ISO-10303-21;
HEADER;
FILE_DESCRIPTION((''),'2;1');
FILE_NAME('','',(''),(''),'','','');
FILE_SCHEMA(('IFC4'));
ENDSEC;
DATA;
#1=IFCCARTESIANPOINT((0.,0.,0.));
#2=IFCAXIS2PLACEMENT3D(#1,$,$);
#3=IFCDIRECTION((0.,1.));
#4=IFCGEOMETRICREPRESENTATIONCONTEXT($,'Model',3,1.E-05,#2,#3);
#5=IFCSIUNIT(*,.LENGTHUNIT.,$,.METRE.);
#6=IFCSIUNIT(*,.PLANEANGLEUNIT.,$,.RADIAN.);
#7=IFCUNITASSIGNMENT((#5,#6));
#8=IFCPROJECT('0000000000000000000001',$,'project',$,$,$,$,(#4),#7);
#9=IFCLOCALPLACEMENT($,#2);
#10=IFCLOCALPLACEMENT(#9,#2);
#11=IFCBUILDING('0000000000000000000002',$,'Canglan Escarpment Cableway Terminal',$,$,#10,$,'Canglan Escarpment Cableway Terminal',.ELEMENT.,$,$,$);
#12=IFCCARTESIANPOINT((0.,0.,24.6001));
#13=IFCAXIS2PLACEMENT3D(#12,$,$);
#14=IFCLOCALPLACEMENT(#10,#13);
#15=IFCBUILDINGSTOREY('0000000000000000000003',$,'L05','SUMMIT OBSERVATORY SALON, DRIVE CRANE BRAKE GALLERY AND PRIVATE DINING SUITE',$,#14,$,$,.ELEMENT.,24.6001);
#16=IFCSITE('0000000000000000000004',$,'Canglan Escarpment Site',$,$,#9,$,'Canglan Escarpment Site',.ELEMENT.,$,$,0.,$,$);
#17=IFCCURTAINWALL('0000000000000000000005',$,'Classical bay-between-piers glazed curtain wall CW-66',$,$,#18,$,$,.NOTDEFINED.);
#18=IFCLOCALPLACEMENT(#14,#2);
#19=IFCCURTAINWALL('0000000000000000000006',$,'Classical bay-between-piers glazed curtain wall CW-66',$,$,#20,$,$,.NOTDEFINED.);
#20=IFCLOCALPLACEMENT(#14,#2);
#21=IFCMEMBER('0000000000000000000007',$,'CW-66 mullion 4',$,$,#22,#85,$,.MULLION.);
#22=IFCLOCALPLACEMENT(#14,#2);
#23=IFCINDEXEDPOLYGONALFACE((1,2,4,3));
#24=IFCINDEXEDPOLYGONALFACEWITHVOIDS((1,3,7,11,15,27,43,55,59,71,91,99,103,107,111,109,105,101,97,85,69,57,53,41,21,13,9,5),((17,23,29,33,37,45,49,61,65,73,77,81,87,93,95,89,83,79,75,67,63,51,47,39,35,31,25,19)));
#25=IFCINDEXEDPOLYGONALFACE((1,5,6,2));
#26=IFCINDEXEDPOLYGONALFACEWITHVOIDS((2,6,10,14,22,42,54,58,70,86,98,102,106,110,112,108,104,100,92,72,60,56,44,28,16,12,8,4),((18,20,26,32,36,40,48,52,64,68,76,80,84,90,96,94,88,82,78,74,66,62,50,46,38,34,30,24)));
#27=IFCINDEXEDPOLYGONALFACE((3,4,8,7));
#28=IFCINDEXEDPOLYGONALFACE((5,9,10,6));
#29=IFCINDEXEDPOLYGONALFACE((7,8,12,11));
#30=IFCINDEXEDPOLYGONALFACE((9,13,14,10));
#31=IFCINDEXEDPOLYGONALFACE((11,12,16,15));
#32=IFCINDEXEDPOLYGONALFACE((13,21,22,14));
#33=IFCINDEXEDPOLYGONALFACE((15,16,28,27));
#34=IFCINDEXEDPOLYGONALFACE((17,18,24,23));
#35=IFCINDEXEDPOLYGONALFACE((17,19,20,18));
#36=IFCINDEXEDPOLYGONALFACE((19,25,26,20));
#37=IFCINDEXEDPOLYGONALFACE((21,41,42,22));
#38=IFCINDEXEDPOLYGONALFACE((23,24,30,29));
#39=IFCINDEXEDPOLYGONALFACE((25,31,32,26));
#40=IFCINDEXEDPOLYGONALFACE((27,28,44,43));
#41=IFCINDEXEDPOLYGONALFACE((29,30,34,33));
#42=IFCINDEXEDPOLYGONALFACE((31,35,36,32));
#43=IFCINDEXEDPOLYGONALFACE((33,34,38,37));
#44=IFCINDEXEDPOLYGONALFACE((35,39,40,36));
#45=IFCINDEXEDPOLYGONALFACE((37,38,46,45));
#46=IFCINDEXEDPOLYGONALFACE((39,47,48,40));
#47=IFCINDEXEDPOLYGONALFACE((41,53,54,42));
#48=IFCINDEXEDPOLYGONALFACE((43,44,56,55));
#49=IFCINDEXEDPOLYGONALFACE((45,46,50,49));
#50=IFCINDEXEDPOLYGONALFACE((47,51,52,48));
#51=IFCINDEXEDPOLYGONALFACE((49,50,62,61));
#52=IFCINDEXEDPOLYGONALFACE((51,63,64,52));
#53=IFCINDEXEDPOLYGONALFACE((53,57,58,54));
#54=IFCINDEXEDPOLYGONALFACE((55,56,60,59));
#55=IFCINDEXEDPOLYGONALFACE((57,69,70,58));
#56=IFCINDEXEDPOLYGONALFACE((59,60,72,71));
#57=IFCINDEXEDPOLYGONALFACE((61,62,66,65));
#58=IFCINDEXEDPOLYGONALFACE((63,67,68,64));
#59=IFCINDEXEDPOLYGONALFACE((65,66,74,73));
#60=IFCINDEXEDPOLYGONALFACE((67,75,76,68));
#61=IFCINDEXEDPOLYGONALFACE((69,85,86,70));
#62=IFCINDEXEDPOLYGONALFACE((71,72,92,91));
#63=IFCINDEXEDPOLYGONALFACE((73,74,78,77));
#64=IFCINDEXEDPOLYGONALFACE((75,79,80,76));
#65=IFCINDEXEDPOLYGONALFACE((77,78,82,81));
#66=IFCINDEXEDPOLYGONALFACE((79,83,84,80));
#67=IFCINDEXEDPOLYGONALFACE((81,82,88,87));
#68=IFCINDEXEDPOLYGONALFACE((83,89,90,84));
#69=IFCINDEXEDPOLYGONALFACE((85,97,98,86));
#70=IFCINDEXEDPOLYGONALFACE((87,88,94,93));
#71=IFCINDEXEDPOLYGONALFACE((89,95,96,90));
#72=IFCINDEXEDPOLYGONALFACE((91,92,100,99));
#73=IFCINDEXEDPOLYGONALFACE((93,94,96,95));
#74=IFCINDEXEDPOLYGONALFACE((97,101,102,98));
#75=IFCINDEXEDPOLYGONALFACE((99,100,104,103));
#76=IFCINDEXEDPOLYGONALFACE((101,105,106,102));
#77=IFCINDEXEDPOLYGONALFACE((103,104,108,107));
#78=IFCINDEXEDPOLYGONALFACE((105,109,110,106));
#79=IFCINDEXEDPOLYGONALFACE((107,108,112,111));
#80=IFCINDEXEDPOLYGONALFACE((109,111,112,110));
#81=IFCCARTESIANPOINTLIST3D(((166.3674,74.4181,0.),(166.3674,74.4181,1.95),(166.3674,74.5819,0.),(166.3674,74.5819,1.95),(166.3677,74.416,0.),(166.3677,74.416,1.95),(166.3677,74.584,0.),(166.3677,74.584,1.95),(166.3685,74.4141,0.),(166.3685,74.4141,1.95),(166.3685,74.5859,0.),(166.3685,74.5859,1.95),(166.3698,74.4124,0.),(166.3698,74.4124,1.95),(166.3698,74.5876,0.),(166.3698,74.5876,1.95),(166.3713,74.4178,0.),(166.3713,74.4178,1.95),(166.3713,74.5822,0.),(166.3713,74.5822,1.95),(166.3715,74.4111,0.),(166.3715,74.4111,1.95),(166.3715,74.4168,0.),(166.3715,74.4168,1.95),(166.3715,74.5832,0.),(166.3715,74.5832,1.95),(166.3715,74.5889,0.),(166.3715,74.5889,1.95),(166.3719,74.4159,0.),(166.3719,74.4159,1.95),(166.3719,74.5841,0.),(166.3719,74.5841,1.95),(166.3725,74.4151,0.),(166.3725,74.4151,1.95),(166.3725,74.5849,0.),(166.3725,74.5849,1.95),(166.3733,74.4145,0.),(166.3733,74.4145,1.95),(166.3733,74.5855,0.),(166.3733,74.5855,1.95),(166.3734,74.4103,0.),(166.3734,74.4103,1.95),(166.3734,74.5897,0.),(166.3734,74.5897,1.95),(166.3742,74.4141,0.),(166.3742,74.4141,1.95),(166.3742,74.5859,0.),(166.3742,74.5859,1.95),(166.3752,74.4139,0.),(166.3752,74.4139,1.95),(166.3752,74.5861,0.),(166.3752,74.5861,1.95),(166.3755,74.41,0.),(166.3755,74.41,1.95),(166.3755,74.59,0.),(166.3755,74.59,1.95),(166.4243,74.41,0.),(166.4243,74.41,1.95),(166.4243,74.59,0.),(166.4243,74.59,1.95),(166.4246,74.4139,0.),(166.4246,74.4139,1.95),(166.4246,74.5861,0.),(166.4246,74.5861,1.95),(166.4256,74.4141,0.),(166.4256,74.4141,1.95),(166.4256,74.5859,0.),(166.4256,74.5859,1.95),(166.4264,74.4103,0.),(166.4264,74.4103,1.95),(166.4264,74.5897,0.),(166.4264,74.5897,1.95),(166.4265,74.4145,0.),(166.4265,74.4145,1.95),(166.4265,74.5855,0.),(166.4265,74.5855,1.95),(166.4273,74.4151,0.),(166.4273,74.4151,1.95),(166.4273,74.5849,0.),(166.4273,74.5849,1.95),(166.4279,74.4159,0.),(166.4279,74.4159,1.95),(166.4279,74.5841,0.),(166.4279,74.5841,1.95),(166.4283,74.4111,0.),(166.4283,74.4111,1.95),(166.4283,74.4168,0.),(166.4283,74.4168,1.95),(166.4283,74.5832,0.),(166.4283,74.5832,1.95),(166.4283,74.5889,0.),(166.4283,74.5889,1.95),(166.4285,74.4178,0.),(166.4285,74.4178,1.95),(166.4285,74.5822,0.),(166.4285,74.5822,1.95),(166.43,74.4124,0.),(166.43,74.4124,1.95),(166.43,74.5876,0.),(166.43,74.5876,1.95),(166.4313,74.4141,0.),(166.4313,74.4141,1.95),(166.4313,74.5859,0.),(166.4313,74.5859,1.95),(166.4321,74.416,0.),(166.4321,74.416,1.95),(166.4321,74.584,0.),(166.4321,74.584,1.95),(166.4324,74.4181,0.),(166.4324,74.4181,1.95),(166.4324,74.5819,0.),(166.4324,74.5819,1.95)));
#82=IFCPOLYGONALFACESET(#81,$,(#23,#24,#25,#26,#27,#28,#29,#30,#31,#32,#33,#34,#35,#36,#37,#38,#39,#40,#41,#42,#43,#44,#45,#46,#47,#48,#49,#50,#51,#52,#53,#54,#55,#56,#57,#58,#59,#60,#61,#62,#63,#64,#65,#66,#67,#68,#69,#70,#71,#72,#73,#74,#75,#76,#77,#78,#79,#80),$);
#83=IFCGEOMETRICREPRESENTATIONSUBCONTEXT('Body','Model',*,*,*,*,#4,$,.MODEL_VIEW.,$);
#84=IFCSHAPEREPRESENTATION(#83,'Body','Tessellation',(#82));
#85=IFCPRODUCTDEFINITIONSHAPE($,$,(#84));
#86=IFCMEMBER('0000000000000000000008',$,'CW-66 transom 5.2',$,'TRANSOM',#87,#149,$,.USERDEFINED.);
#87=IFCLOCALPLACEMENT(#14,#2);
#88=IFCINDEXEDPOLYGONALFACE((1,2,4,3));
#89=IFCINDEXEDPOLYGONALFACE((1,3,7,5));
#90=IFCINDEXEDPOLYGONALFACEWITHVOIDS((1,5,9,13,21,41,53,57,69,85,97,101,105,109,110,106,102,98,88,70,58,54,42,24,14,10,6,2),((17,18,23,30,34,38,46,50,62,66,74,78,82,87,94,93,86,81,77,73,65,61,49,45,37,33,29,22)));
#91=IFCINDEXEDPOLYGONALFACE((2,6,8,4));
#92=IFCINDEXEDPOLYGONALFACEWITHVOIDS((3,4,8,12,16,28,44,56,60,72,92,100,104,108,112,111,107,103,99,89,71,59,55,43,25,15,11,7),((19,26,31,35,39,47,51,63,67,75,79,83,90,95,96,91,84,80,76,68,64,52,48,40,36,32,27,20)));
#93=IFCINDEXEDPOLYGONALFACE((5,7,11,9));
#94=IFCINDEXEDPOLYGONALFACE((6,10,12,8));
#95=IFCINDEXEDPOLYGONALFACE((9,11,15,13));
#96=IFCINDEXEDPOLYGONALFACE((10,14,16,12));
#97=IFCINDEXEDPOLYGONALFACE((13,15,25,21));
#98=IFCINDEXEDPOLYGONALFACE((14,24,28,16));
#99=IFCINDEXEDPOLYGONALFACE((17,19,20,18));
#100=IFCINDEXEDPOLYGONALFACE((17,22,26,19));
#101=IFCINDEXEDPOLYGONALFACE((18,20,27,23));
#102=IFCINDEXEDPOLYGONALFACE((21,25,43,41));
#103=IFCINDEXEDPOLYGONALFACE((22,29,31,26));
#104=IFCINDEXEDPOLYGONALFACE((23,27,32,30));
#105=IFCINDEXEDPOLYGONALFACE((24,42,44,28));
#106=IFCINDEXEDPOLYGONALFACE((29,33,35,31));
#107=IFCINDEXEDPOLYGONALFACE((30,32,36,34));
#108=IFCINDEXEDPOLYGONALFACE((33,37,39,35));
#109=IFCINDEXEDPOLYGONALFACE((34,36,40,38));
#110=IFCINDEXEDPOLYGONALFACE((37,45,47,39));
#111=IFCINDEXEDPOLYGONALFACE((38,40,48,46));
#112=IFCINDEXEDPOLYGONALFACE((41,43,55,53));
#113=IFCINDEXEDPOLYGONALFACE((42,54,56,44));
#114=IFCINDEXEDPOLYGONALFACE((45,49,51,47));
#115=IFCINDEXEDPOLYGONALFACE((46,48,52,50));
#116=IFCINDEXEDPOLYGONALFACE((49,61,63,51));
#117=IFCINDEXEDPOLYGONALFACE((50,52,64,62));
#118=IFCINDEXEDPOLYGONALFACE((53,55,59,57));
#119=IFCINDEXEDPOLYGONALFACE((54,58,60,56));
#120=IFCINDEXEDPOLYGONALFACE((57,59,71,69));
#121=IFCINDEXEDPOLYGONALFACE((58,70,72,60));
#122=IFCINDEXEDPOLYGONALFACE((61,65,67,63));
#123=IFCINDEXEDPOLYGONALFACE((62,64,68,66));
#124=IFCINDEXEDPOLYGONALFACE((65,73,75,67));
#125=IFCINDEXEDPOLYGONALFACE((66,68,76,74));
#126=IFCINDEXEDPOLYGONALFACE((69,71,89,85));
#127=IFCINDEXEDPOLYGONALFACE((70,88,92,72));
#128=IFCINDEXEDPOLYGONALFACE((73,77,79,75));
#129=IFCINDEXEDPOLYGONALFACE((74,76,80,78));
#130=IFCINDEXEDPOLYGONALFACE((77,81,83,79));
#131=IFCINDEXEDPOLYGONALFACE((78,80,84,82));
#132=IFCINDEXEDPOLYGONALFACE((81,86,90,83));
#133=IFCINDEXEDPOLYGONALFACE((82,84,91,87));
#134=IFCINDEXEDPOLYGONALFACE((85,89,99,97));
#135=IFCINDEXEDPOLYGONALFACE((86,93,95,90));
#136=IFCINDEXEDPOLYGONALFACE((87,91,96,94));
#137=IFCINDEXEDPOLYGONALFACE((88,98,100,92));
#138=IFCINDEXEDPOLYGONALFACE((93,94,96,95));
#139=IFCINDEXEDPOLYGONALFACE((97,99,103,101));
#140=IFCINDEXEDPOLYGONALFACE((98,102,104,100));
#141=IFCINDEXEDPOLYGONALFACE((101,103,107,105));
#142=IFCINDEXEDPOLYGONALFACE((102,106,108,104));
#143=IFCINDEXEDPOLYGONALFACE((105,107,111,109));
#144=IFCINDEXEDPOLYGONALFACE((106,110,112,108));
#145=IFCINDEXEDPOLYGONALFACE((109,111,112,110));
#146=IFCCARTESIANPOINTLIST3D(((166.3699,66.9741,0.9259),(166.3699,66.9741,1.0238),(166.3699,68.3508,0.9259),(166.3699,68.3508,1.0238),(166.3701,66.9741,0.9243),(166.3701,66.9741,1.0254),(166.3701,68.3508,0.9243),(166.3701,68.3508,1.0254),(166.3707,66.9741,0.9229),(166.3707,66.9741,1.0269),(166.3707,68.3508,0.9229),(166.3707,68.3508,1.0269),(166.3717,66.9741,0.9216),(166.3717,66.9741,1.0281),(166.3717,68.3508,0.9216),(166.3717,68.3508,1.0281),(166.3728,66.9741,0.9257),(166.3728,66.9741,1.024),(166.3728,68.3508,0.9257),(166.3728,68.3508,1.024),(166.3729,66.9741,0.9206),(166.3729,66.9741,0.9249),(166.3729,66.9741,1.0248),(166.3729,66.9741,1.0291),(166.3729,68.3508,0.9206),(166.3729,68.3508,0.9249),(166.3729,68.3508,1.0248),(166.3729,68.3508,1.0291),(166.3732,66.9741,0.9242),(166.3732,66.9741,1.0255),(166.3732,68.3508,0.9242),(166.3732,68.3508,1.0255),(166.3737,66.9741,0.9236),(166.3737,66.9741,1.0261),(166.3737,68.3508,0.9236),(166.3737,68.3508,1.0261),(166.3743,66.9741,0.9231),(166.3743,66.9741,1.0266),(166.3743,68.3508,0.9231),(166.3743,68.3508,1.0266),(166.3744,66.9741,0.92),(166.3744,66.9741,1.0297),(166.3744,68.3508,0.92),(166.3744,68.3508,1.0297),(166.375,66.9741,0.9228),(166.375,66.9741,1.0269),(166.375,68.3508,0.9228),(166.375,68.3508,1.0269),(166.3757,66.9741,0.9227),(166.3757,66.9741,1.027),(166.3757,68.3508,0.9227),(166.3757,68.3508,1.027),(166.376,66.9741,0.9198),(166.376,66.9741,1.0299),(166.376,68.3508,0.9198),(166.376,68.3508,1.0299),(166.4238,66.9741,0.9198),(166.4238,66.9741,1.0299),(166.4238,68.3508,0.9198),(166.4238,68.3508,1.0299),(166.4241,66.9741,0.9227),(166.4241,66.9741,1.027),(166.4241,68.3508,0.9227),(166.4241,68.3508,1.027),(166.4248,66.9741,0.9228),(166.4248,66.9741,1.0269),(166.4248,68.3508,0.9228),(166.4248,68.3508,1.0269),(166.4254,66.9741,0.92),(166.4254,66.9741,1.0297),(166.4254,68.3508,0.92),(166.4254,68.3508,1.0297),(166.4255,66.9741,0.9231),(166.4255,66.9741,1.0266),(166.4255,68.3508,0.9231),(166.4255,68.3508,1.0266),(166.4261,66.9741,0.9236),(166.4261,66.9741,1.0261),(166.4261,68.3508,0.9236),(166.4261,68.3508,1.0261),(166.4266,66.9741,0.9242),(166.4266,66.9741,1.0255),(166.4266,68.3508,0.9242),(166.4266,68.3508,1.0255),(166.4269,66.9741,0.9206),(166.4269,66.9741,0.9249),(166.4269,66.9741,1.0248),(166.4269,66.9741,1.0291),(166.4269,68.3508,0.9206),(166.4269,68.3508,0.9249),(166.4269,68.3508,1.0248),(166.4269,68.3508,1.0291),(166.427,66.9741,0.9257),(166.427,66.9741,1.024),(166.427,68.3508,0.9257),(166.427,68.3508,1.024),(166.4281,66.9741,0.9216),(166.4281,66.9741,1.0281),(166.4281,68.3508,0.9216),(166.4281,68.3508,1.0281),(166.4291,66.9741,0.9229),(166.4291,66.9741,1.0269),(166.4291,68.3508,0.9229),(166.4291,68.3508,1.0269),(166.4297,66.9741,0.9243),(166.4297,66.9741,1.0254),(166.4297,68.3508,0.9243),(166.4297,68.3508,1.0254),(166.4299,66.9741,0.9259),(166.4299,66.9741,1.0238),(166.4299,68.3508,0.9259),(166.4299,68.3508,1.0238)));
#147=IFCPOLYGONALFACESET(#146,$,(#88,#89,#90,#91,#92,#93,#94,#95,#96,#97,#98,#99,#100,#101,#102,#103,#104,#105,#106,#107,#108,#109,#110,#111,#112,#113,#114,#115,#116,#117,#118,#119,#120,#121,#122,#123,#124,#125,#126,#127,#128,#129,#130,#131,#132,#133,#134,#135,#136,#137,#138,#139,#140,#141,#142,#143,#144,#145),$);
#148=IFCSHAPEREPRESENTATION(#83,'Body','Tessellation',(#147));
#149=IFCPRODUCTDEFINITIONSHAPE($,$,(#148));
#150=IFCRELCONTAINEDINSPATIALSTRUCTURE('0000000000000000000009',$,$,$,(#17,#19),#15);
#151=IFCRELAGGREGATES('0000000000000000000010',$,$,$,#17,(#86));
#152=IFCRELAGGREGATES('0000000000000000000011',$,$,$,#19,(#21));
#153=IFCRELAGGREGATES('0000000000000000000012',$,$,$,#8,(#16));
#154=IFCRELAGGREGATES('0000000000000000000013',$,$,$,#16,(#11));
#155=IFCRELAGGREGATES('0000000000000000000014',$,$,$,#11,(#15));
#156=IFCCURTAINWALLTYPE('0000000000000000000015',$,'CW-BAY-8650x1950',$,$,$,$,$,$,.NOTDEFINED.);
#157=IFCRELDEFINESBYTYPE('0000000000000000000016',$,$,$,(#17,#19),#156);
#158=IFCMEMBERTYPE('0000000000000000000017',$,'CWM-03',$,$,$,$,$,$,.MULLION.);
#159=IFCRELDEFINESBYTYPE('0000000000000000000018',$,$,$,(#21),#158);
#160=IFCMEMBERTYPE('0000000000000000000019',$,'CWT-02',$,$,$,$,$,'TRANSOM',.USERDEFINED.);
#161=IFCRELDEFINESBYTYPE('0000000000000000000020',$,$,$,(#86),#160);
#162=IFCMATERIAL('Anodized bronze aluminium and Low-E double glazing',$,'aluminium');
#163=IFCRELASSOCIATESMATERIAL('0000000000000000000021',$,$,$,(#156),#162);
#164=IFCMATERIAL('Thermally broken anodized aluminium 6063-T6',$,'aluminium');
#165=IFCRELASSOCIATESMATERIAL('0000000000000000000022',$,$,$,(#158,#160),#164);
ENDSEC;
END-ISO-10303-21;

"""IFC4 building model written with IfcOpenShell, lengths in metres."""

from ifc_helpers import new_model, si_unit, direction, frame, origin, origin_2d, place, context, subcontext, project, spatial, hollow_rectangle, extrude, material, material_profile, profile_set, type_object, element, aggregate, save


model = new_model("IFC4")

# Units and contexts
model_context = context("Model", 3, precision=1e-05, world=origin(), true_north=direction((0.0, 1.0)))
body_context = subcontext(model_context, "Body", "Model", "MODEL_VIEW")
ifc_project = project(units=[si_unit("LENGTHUNIT", "METRE"), si_unit("PLANEANGLEUNIT", "RADIAN")], contexts=[model_context])

# Site, building, storey
site_placement = place(None, origin())
site = spatial("IfcSite", under=ifc_project, at=site_placement, Name="Canglan Escarpment Site", LongName="Canglan Escarpment Site", CompositionType="ELEMENT", RefElevation=0.0)
building_placement = place(site_placement, origin())
building = spatial("IfcBuilding", under=site, at=building_placement, Name="Canglan Escarpment Cableway Terminal", LongName="Canglan Escarpment Cableway Terminal", CompositionType="ELEMENT")
storey_placement = place(building_placement, frame((0.0, 0.0, 24.6001)))
storey = spatial("IfcBuildingStorey", under=building, at=storey_placement, Name="L05", Description="SUMMIT OBSERVATORY SALON, DRIVE CRANE BRAKE GALLERY AND PRIVATE DINING SUITE", CompositionType="ELEMENT", Elevation=24.6001)

# Curtain walls, member
ifc_material_1 = material(Name="Anodized bronze aluminium and Low-E double glazing", Category="aluminium")
curtain_wall_type = type_object("IfcCurtainWallType", Name="CW-BAY-8650x1950", PredefinedType="NOTDEFINED", material=ifc_material_1)
curtain_wall_1_placement = place(storey_placement, origin())
curtain_wall_1 = element("IfcCurtainWall", 1, at=curtain_wall_1_placement, inside=storey, type_object=curtain_wall_type, Name="Classical bay-between-piers glazed curtain wall CW-66", PredefinedType="NOTDEFINED")
ifc_material_2 = material(Name="Thermally broken anodized aluminium 6063-T6", Category="aluminium")
curtain_wall_2_placement = place(storey_placement, origin())
curtain_wall_2 = element("IfcCurtainWall", 2, at=curtain_wall_2_placement, inside=storey, type_object=curtain_wall_type, Name="Classical bay-between-piers glazed curtain wall CW-66", PredefinedType="NOTDEFINED")
ifc_material_profile_1 = material_profile(ifc_material_2, hollow_rectangle(XDim=0.0649, YDim=0.1799, WallThickness=0.0039, InnerFilletRadius=0.0039, OuterFilletRadius=0.0081, at=origin_2d()), Name="ALU-MULL 65x180x4")
ifc_profile_set_1 = profile_set([ifc_material_profile_1], Name="Thermally broken anodized aluminium 6063-T6")
member_type_1 = type_object("IfcMemberType", Name="CWM-03", PredefinedType="MULLION", material=ifc_profile_set_1)
member_1_placement = place(storey_placement, frame((166.3999, 74.5, 0.0), z_axis=(0.0, 0.0, 1.0), x_axis=(-1.0, 0.0, 0.0)))
member_1 = element("IfcMember", 3, at=member_1_placement, type_object=member_type_1, Name="CW-66 mullion 4", PredefinedType="MULLION", context=body_context, shape_type="SweptSolid", body=[
    extrude(hollow_rectangle(XDim=0.0649, YDim=0.1799, WallThickness=0.0039, InnerFilletRadius=0.0039, OuterFilletRadius=0.0081, at=origin_2d()), origin(), (0.0, 0.0, 1.0), 1.95),
])

# Member
ifc_material_profile_2 = material_profile(ifc_material_2, hollow_rectangle(XDim=0.0601, YDim=0.1101, WallThickness=0.0029, InnerFilletRadius=0.0029, OuterFilletRadius=0.0061, at=origin_2d()), Name="ALU-TRAN 60x110x3")
ifc_profile_set_2 = profile_set([ifc_material_profile_2], Name="Thermally broken anodized aluminium 6063-T6")
member_type_2 = type_object("IfcMemberType", Name="CWT-02", ElementType="TRANSOM", PredefinedType="USERDEFINED", material=ifc_profile_set_2)
member_2_placement = place(storey_placement, frame((166.3999, 66.9741, 0.9749), z_axis=(0.0, 1.0, 0.0), x_axis=(-1.0, 0.0, 0.0)))
member_2 = element("IfcMember", 4, at=member_2_placement, type_object=member_type_2, Name="CW-66 transom 5.2", ObjectType="TRANSOM", PredefinedType="USERDEFINED", context=body_context, shape_type="SweptSolid", body=[
    extrude(hollow_rectangle(XDim=0.0601, YDim=0.1101, WallThickness=0.0029, InnerFilletRadius=0.0029, OuterFilletRadius=0.0061, at=origin_2d()), origin(), (0.0, 0.0, 1.0), 1.3767),
])

aggregate(curtain_wall_1, [member_2])
aggregate(curtain_wall_2, [member_1])

save(model, "model.ifc")
